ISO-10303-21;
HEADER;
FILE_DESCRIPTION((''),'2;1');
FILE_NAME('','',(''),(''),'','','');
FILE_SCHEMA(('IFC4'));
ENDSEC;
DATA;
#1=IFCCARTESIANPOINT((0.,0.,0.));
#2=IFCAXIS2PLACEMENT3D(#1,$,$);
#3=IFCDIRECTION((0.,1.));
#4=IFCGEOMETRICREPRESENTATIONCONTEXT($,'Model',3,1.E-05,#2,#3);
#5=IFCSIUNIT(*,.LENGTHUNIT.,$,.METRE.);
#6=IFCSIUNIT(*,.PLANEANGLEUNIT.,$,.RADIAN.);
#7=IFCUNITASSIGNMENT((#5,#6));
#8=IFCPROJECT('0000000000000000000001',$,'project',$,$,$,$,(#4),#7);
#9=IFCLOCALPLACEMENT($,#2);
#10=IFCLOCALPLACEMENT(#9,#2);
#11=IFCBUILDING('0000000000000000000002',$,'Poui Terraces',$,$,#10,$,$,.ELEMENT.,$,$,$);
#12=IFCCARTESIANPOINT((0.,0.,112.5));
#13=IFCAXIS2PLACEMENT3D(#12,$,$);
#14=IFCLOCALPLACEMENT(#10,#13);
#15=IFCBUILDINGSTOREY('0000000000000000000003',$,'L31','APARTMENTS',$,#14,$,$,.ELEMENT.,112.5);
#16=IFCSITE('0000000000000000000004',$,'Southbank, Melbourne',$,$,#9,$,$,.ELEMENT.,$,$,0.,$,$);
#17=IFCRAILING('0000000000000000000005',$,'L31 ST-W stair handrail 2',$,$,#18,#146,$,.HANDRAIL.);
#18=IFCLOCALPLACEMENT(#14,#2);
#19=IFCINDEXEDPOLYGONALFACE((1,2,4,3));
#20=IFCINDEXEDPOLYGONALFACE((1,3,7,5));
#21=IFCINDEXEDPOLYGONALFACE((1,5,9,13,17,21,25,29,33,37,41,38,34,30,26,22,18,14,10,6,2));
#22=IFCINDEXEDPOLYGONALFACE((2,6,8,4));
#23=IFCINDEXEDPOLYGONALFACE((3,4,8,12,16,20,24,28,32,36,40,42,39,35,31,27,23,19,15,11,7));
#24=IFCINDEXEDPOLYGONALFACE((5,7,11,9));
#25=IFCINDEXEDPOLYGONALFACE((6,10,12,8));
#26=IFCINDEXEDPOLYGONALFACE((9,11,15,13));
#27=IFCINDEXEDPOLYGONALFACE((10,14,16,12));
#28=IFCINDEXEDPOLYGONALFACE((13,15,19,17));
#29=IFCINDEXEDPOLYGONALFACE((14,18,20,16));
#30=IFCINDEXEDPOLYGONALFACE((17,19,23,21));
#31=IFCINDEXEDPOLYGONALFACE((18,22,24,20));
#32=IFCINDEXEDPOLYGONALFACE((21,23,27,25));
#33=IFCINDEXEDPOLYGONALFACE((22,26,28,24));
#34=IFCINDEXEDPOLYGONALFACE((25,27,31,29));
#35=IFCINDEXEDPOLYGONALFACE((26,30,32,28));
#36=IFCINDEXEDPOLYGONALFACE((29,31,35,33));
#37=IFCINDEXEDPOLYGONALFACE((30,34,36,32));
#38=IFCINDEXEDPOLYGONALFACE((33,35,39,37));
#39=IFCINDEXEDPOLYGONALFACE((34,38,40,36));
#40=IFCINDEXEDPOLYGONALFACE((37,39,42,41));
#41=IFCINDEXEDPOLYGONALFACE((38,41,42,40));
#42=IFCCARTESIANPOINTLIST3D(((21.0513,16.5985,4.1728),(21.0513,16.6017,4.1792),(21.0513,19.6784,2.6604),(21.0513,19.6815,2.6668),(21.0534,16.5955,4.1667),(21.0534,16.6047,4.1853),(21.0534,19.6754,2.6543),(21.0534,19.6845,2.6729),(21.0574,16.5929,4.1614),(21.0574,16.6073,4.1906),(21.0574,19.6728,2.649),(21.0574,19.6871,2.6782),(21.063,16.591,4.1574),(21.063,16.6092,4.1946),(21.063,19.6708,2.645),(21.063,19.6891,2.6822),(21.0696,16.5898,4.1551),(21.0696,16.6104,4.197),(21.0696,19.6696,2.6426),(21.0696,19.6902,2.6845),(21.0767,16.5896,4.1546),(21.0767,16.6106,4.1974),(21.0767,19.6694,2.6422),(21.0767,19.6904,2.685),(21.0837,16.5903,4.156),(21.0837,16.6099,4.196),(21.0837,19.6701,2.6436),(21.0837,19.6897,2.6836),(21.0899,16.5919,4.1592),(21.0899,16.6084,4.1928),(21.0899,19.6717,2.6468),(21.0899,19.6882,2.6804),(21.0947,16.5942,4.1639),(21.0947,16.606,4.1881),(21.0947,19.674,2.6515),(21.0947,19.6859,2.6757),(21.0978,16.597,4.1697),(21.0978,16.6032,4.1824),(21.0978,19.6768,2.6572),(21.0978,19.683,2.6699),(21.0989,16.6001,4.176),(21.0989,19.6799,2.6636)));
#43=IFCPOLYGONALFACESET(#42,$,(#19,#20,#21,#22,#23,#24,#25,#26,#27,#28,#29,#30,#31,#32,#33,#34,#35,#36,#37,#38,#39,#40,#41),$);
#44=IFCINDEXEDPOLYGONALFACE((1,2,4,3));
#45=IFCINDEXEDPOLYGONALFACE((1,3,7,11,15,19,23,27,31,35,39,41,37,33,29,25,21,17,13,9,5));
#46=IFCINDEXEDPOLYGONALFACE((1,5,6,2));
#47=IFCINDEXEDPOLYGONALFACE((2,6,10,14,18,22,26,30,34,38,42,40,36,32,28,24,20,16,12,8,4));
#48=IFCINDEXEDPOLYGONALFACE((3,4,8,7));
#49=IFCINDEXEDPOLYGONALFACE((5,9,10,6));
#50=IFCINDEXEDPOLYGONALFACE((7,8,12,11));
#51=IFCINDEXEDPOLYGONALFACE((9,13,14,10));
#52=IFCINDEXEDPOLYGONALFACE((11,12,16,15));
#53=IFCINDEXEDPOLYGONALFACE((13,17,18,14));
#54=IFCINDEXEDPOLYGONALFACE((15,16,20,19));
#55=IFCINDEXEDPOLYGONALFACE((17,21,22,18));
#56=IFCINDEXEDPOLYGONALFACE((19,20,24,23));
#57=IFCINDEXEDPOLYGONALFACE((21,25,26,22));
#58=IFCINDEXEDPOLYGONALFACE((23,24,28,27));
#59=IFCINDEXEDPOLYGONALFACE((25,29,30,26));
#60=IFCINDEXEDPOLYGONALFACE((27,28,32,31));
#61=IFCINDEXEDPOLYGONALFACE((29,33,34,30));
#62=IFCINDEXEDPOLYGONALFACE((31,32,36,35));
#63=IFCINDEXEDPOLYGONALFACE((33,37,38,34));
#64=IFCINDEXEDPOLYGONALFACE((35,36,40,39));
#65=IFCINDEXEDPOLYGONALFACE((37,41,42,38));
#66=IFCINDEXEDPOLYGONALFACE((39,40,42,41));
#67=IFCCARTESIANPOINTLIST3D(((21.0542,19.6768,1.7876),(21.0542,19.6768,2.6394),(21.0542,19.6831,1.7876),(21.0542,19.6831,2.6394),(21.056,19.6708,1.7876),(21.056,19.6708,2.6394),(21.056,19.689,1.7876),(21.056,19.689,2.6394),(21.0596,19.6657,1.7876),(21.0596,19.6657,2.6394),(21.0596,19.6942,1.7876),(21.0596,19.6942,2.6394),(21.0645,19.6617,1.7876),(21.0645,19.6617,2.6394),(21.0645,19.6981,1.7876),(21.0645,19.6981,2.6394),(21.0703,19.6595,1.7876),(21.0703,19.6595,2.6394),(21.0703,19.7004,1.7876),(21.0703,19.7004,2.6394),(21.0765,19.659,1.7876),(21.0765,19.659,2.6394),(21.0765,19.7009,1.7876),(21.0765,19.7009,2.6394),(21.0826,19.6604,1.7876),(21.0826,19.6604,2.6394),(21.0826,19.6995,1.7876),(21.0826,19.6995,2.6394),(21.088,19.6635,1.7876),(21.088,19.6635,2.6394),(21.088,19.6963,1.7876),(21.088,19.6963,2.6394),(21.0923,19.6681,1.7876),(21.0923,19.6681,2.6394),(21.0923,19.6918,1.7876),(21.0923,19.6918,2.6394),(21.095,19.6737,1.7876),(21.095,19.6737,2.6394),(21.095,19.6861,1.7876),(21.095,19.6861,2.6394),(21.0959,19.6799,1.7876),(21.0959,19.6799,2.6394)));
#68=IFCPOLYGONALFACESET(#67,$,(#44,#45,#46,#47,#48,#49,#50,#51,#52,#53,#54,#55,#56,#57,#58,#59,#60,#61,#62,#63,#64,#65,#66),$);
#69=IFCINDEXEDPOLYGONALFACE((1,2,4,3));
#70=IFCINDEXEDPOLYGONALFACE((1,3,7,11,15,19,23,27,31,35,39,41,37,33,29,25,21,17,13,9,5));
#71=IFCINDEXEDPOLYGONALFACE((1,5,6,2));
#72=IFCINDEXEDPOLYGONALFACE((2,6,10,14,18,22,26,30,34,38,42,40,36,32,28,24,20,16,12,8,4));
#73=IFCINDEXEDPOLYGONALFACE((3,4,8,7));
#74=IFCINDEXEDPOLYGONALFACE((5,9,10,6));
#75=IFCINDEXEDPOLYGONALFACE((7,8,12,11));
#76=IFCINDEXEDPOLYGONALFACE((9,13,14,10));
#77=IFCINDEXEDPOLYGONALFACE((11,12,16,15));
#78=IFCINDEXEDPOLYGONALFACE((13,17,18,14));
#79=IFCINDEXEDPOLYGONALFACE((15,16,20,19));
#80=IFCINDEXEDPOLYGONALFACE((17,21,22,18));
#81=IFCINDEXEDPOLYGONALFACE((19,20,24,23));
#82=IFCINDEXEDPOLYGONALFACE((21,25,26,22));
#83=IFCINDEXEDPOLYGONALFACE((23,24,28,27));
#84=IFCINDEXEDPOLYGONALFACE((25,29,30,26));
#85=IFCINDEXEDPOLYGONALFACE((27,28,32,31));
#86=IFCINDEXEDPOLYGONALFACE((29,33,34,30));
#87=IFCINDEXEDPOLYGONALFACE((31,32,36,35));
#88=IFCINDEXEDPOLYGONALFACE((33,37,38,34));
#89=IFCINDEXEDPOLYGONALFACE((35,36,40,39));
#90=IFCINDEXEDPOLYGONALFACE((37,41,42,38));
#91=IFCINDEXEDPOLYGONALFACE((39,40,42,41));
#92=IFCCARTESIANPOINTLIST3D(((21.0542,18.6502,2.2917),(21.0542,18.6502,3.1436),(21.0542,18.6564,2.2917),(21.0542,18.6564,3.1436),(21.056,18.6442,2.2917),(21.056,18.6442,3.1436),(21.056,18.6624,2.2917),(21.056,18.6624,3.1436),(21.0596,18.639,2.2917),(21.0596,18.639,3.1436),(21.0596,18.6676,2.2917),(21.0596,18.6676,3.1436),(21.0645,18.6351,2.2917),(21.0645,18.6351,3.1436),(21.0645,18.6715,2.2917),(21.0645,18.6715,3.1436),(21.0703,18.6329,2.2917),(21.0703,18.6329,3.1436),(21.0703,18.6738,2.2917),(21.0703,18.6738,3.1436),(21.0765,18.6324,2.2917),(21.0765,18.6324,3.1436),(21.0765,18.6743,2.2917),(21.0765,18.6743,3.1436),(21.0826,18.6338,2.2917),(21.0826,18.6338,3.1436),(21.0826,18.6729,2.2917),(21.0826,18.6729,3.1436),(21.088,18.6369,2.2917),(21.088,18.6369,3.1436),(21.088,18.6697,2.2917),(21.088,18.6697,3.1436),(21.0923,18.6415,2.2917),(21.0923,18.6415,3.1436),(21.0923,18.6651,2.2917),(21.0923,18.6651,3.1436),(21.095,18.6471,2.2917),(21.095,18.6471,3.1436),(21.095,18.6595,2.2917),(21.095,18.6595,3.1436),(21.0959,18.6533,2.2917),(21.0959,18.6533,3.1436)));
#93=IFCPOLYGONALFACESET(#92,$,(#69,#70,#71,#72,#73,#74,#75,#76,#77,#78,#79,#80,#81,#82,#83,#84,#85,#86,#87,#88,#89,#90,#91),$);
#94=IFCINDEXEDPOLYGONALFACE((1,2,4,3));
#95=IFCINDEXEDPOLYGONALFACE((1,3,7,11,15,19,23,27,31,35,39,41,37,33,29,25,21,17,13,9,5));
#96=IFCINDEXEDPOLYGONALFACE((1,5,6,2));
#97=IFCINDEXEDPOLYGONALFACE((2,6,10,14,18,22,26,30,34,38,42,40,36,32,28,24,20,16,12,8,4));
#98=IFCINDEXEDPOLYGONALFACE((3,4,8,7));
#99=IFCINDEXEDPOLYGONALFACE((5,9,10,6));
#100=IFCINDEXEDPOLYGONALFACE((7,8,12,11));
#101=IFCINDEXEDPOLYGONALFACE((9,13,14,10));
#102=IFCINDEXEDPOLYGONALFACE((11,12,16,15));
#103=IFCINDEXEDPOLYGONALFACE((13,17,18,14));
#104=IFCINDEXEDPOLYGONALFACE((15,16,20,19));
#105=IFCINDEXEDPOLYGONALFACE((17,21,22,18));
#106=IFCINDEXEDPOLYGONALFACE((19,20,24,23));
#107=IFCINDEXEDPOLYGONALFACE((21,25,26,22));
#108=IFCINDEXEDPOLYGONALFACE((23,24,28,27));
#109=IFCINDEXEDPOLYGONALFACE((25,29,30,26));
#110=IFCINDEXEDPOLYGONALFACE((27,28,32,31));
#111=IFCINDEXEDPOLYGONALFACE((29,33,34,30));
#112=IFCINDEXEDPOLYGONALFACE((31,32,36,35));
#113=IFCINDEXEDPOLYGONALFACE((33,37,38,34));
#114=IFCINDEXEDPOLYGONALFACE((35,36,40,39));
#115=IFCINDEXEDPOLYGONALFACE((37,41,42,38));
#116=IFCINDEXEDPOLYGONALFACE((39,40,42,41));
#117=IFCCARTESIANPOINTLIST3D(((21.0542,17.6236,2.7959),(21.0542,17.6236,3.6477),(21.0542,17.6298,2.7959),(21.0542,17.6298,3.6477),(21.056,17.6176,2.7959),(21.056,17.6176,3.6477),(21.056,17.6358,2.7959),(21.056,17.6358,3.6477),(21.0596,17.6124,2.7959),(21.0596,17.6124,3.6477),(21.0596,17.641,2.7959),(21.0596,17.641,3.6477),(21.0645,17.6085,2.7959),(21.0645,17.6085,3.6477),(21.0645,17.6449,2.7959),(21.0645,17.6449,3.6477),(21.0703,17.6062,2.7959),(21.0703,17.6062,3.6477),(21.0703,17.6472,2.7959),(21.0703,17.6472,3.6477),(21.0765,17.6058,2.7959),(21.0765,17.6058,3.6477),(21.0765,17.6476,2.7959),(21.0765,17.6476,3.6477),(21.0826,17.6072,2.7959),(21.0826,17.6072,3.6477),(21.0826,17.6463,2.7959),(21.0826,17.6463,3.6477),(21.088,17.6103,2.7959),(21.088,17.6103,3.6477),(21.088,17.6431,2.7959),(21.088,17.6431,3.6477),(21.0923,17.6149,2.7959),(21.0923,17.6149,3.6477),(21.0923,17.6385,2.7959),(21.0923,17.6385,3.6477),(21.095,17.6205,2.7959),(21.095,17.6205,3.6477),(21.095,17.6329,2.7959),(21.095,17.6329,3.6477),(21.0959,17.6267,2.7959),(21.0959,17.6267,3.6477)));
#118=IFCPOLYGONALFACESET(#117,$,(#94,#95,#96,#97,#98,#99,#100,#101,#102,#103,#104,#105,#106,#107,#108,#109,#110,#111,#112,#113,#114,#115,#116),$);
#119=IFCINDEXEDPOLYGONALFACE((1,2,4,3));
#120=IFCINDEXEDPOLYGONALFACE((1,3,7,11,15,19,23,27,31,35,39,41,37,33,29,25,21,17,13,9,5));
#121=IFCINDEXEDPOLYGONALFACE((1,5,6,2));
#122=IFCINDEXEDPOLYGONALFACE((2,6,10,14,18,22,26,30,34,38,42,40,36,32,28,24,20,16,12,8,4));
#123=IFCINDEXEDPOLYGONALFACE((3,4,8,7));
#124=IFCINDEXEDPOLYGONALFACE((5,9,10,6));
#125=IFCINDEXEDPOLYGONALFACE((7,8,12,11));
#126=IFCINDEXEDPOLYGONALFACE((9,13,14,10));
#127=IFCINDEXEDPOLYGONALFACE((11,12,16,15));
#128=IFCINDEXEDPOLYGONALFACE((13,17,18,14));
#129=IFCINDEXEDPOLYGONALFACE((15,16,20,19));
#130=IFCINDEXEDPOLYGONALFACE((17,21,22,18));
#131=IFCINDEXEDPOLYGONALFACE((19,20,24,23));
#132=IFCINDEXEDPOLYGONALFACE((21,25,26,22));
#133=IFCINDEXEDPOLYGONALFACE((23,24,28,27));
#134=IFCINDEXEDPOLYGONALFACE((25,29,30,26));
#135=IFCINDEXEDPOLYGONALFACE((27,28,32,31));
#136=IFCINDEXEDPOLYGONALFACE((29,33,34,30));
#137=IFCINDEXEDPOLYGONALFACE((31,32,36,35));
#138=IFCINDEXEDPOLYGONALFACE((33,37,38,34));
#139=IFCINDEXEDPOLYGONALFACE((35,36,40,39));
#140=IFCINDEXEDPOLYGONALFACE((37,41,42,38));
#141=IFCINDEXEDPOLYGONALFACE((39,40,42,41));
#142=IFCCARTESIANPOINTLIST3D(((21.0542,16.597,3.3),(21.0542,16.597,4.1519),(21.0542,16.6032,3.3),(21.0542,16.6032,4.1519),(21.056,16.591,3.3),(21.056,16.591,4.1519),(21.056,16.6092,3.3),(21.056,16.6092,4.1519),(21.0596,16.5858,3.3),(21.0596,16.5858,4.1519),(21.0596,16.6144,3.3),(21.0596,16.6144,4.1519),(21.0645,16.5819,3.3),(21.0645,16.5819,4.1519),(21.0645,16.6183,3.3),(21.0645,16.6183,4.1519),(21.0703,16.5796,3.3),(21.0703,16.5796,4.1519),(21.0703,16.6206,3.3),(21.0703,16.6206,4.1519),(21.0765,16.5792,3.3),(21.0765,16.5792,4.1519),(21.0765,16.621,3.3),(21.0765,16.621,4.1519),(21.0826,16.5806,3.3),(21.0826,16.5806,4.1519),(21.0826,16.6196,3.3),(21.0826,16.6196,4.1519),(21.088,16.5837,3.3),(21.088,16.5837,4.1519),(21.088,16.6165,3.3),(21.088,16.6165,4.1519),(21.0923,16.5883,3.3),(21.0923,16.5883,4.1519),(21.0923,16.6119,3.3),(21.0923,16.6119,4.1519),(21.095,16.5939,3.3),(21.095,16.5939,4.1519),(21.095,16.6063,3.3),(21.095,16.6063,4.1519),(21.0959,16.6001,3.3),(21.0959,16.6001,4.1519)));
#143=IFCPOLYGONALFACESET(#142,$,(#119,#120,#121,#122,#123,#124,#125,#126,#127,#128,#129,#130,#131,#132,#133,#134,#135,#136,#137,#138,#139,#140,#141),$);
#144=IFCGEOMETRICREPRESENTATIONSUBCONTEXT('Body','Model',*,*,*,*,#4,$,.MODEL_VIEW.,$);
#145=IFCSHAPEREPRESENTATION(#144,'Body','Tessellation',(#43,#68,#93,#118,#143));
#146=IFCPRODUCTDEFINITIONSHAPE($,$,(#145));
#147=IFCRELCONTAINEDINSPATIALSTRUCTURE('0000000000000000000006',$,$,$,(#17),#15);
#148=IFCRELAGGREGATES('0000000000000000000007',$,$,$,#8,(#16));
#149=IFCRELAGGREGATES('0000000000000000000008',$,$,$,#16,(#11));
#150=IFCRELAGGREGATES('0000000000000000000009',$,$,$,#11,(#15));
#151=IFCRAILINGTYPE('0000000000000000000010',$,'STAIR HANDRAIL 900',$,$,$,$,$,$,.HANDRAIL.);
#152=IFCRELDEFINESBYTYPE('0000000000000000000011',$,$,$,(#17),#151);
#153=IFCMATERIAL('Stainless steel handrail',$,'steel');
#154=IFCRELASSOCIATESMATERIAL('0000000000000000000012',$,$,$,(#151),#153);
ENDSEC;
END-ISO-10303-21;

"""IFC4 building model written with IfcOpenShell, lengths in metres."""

from ifc_helpers import new_model, si_unit, direction, frame, origin, origin_2d, place, context, subcontext, project, spatial, circle, extrude, material, type_object, element, save


model = new_model("IFC4")

# Units and contexts
model_context = context("Model", 3, precision=1e-05, world=origin(), true_north=direction((0.0, 1.0)))
body_context = subcontext(model_context, "Body", "Model", "MODEL_VIEW")
ifc_project = project(units=[si_unit("LENGTHUNIT", "METRE"), si_unit("PLANEANGLEUNIT", "RADIAN")], contexts=[model_context])

# Site, building, storey
site_placement = place(None, origin())
site = spatial("IfcSite", under=ifc_project, at=site_placement, Name="Southbank, Melbourne", CompositionType="ELEMENT", RefElevation=0.0)
building_placement = place(site_placement, origin())
building = spatial("IfcBuilding", under=site, at=building_placement, Name="Poui Terraces", CompositionType="ELEMENT")
storey_placement = place(building_placement, frame((0.0, 0.0, 112.5)))
storey = spatial("IfcBuildingStorey", under=building, at=storey_placement, Name="L31", Description="APARTMENTS", CompositionType="ELEMENT", Elevation=112.5)

# Railing
ifc_material_1 = material(Name="Stainless steel handrail", Category="steel")
railing_type_1 = type_object("IfcRailingType", Name="STAIR HANDRAIL 900", PredefinedType="HANDRAIL", material=ifc_material_1)
railing_1_placement = place(storey_placement, frame((21.075, 19.6799, 1.7876)))
element("IfcRailing", 1, at=railing_1_placement, inside=storey, type_object=railing_type_1, Name="L31 ST-W stair handrail 2", PredefinedType="HANDRAIL", context=body_context, shape_type="SweptSolid", body=[
    extrude(circle(Radius=0.0239, at=origin_2d()), frame((0.0, 0.0, 0.876), z_axis=(0.0, -0.897606, 0.440798), x_axis=(1.0, 0.0, 0.0)), (0.0, 0.0, 1.0), 3.4312),
    extrude(circle(Radius=0.021, at=origin_2d()), origin(), (0.0, 0.0, 1.0), 0.8518),
    extrude(circle(Radius=0.021, at=origin_2d()), frame((0.0, -1.0266, 0.5042)), (0.0, 0.0, 1.0), 0.8518),
    extrude(circle(Radius=0.021, at=origin_2d()), frame((0.0, -2.0532, 1.0083)), (0.0, 0.0, 1.0), 0.8518),
    extrude(circle(Radius=0.021, at=origin_2d()), frame((0.0, -3.0798, 1.5125)), (0.0, 0.0, 1.0), 0.8518),
])

save(model, "model.ifc")
